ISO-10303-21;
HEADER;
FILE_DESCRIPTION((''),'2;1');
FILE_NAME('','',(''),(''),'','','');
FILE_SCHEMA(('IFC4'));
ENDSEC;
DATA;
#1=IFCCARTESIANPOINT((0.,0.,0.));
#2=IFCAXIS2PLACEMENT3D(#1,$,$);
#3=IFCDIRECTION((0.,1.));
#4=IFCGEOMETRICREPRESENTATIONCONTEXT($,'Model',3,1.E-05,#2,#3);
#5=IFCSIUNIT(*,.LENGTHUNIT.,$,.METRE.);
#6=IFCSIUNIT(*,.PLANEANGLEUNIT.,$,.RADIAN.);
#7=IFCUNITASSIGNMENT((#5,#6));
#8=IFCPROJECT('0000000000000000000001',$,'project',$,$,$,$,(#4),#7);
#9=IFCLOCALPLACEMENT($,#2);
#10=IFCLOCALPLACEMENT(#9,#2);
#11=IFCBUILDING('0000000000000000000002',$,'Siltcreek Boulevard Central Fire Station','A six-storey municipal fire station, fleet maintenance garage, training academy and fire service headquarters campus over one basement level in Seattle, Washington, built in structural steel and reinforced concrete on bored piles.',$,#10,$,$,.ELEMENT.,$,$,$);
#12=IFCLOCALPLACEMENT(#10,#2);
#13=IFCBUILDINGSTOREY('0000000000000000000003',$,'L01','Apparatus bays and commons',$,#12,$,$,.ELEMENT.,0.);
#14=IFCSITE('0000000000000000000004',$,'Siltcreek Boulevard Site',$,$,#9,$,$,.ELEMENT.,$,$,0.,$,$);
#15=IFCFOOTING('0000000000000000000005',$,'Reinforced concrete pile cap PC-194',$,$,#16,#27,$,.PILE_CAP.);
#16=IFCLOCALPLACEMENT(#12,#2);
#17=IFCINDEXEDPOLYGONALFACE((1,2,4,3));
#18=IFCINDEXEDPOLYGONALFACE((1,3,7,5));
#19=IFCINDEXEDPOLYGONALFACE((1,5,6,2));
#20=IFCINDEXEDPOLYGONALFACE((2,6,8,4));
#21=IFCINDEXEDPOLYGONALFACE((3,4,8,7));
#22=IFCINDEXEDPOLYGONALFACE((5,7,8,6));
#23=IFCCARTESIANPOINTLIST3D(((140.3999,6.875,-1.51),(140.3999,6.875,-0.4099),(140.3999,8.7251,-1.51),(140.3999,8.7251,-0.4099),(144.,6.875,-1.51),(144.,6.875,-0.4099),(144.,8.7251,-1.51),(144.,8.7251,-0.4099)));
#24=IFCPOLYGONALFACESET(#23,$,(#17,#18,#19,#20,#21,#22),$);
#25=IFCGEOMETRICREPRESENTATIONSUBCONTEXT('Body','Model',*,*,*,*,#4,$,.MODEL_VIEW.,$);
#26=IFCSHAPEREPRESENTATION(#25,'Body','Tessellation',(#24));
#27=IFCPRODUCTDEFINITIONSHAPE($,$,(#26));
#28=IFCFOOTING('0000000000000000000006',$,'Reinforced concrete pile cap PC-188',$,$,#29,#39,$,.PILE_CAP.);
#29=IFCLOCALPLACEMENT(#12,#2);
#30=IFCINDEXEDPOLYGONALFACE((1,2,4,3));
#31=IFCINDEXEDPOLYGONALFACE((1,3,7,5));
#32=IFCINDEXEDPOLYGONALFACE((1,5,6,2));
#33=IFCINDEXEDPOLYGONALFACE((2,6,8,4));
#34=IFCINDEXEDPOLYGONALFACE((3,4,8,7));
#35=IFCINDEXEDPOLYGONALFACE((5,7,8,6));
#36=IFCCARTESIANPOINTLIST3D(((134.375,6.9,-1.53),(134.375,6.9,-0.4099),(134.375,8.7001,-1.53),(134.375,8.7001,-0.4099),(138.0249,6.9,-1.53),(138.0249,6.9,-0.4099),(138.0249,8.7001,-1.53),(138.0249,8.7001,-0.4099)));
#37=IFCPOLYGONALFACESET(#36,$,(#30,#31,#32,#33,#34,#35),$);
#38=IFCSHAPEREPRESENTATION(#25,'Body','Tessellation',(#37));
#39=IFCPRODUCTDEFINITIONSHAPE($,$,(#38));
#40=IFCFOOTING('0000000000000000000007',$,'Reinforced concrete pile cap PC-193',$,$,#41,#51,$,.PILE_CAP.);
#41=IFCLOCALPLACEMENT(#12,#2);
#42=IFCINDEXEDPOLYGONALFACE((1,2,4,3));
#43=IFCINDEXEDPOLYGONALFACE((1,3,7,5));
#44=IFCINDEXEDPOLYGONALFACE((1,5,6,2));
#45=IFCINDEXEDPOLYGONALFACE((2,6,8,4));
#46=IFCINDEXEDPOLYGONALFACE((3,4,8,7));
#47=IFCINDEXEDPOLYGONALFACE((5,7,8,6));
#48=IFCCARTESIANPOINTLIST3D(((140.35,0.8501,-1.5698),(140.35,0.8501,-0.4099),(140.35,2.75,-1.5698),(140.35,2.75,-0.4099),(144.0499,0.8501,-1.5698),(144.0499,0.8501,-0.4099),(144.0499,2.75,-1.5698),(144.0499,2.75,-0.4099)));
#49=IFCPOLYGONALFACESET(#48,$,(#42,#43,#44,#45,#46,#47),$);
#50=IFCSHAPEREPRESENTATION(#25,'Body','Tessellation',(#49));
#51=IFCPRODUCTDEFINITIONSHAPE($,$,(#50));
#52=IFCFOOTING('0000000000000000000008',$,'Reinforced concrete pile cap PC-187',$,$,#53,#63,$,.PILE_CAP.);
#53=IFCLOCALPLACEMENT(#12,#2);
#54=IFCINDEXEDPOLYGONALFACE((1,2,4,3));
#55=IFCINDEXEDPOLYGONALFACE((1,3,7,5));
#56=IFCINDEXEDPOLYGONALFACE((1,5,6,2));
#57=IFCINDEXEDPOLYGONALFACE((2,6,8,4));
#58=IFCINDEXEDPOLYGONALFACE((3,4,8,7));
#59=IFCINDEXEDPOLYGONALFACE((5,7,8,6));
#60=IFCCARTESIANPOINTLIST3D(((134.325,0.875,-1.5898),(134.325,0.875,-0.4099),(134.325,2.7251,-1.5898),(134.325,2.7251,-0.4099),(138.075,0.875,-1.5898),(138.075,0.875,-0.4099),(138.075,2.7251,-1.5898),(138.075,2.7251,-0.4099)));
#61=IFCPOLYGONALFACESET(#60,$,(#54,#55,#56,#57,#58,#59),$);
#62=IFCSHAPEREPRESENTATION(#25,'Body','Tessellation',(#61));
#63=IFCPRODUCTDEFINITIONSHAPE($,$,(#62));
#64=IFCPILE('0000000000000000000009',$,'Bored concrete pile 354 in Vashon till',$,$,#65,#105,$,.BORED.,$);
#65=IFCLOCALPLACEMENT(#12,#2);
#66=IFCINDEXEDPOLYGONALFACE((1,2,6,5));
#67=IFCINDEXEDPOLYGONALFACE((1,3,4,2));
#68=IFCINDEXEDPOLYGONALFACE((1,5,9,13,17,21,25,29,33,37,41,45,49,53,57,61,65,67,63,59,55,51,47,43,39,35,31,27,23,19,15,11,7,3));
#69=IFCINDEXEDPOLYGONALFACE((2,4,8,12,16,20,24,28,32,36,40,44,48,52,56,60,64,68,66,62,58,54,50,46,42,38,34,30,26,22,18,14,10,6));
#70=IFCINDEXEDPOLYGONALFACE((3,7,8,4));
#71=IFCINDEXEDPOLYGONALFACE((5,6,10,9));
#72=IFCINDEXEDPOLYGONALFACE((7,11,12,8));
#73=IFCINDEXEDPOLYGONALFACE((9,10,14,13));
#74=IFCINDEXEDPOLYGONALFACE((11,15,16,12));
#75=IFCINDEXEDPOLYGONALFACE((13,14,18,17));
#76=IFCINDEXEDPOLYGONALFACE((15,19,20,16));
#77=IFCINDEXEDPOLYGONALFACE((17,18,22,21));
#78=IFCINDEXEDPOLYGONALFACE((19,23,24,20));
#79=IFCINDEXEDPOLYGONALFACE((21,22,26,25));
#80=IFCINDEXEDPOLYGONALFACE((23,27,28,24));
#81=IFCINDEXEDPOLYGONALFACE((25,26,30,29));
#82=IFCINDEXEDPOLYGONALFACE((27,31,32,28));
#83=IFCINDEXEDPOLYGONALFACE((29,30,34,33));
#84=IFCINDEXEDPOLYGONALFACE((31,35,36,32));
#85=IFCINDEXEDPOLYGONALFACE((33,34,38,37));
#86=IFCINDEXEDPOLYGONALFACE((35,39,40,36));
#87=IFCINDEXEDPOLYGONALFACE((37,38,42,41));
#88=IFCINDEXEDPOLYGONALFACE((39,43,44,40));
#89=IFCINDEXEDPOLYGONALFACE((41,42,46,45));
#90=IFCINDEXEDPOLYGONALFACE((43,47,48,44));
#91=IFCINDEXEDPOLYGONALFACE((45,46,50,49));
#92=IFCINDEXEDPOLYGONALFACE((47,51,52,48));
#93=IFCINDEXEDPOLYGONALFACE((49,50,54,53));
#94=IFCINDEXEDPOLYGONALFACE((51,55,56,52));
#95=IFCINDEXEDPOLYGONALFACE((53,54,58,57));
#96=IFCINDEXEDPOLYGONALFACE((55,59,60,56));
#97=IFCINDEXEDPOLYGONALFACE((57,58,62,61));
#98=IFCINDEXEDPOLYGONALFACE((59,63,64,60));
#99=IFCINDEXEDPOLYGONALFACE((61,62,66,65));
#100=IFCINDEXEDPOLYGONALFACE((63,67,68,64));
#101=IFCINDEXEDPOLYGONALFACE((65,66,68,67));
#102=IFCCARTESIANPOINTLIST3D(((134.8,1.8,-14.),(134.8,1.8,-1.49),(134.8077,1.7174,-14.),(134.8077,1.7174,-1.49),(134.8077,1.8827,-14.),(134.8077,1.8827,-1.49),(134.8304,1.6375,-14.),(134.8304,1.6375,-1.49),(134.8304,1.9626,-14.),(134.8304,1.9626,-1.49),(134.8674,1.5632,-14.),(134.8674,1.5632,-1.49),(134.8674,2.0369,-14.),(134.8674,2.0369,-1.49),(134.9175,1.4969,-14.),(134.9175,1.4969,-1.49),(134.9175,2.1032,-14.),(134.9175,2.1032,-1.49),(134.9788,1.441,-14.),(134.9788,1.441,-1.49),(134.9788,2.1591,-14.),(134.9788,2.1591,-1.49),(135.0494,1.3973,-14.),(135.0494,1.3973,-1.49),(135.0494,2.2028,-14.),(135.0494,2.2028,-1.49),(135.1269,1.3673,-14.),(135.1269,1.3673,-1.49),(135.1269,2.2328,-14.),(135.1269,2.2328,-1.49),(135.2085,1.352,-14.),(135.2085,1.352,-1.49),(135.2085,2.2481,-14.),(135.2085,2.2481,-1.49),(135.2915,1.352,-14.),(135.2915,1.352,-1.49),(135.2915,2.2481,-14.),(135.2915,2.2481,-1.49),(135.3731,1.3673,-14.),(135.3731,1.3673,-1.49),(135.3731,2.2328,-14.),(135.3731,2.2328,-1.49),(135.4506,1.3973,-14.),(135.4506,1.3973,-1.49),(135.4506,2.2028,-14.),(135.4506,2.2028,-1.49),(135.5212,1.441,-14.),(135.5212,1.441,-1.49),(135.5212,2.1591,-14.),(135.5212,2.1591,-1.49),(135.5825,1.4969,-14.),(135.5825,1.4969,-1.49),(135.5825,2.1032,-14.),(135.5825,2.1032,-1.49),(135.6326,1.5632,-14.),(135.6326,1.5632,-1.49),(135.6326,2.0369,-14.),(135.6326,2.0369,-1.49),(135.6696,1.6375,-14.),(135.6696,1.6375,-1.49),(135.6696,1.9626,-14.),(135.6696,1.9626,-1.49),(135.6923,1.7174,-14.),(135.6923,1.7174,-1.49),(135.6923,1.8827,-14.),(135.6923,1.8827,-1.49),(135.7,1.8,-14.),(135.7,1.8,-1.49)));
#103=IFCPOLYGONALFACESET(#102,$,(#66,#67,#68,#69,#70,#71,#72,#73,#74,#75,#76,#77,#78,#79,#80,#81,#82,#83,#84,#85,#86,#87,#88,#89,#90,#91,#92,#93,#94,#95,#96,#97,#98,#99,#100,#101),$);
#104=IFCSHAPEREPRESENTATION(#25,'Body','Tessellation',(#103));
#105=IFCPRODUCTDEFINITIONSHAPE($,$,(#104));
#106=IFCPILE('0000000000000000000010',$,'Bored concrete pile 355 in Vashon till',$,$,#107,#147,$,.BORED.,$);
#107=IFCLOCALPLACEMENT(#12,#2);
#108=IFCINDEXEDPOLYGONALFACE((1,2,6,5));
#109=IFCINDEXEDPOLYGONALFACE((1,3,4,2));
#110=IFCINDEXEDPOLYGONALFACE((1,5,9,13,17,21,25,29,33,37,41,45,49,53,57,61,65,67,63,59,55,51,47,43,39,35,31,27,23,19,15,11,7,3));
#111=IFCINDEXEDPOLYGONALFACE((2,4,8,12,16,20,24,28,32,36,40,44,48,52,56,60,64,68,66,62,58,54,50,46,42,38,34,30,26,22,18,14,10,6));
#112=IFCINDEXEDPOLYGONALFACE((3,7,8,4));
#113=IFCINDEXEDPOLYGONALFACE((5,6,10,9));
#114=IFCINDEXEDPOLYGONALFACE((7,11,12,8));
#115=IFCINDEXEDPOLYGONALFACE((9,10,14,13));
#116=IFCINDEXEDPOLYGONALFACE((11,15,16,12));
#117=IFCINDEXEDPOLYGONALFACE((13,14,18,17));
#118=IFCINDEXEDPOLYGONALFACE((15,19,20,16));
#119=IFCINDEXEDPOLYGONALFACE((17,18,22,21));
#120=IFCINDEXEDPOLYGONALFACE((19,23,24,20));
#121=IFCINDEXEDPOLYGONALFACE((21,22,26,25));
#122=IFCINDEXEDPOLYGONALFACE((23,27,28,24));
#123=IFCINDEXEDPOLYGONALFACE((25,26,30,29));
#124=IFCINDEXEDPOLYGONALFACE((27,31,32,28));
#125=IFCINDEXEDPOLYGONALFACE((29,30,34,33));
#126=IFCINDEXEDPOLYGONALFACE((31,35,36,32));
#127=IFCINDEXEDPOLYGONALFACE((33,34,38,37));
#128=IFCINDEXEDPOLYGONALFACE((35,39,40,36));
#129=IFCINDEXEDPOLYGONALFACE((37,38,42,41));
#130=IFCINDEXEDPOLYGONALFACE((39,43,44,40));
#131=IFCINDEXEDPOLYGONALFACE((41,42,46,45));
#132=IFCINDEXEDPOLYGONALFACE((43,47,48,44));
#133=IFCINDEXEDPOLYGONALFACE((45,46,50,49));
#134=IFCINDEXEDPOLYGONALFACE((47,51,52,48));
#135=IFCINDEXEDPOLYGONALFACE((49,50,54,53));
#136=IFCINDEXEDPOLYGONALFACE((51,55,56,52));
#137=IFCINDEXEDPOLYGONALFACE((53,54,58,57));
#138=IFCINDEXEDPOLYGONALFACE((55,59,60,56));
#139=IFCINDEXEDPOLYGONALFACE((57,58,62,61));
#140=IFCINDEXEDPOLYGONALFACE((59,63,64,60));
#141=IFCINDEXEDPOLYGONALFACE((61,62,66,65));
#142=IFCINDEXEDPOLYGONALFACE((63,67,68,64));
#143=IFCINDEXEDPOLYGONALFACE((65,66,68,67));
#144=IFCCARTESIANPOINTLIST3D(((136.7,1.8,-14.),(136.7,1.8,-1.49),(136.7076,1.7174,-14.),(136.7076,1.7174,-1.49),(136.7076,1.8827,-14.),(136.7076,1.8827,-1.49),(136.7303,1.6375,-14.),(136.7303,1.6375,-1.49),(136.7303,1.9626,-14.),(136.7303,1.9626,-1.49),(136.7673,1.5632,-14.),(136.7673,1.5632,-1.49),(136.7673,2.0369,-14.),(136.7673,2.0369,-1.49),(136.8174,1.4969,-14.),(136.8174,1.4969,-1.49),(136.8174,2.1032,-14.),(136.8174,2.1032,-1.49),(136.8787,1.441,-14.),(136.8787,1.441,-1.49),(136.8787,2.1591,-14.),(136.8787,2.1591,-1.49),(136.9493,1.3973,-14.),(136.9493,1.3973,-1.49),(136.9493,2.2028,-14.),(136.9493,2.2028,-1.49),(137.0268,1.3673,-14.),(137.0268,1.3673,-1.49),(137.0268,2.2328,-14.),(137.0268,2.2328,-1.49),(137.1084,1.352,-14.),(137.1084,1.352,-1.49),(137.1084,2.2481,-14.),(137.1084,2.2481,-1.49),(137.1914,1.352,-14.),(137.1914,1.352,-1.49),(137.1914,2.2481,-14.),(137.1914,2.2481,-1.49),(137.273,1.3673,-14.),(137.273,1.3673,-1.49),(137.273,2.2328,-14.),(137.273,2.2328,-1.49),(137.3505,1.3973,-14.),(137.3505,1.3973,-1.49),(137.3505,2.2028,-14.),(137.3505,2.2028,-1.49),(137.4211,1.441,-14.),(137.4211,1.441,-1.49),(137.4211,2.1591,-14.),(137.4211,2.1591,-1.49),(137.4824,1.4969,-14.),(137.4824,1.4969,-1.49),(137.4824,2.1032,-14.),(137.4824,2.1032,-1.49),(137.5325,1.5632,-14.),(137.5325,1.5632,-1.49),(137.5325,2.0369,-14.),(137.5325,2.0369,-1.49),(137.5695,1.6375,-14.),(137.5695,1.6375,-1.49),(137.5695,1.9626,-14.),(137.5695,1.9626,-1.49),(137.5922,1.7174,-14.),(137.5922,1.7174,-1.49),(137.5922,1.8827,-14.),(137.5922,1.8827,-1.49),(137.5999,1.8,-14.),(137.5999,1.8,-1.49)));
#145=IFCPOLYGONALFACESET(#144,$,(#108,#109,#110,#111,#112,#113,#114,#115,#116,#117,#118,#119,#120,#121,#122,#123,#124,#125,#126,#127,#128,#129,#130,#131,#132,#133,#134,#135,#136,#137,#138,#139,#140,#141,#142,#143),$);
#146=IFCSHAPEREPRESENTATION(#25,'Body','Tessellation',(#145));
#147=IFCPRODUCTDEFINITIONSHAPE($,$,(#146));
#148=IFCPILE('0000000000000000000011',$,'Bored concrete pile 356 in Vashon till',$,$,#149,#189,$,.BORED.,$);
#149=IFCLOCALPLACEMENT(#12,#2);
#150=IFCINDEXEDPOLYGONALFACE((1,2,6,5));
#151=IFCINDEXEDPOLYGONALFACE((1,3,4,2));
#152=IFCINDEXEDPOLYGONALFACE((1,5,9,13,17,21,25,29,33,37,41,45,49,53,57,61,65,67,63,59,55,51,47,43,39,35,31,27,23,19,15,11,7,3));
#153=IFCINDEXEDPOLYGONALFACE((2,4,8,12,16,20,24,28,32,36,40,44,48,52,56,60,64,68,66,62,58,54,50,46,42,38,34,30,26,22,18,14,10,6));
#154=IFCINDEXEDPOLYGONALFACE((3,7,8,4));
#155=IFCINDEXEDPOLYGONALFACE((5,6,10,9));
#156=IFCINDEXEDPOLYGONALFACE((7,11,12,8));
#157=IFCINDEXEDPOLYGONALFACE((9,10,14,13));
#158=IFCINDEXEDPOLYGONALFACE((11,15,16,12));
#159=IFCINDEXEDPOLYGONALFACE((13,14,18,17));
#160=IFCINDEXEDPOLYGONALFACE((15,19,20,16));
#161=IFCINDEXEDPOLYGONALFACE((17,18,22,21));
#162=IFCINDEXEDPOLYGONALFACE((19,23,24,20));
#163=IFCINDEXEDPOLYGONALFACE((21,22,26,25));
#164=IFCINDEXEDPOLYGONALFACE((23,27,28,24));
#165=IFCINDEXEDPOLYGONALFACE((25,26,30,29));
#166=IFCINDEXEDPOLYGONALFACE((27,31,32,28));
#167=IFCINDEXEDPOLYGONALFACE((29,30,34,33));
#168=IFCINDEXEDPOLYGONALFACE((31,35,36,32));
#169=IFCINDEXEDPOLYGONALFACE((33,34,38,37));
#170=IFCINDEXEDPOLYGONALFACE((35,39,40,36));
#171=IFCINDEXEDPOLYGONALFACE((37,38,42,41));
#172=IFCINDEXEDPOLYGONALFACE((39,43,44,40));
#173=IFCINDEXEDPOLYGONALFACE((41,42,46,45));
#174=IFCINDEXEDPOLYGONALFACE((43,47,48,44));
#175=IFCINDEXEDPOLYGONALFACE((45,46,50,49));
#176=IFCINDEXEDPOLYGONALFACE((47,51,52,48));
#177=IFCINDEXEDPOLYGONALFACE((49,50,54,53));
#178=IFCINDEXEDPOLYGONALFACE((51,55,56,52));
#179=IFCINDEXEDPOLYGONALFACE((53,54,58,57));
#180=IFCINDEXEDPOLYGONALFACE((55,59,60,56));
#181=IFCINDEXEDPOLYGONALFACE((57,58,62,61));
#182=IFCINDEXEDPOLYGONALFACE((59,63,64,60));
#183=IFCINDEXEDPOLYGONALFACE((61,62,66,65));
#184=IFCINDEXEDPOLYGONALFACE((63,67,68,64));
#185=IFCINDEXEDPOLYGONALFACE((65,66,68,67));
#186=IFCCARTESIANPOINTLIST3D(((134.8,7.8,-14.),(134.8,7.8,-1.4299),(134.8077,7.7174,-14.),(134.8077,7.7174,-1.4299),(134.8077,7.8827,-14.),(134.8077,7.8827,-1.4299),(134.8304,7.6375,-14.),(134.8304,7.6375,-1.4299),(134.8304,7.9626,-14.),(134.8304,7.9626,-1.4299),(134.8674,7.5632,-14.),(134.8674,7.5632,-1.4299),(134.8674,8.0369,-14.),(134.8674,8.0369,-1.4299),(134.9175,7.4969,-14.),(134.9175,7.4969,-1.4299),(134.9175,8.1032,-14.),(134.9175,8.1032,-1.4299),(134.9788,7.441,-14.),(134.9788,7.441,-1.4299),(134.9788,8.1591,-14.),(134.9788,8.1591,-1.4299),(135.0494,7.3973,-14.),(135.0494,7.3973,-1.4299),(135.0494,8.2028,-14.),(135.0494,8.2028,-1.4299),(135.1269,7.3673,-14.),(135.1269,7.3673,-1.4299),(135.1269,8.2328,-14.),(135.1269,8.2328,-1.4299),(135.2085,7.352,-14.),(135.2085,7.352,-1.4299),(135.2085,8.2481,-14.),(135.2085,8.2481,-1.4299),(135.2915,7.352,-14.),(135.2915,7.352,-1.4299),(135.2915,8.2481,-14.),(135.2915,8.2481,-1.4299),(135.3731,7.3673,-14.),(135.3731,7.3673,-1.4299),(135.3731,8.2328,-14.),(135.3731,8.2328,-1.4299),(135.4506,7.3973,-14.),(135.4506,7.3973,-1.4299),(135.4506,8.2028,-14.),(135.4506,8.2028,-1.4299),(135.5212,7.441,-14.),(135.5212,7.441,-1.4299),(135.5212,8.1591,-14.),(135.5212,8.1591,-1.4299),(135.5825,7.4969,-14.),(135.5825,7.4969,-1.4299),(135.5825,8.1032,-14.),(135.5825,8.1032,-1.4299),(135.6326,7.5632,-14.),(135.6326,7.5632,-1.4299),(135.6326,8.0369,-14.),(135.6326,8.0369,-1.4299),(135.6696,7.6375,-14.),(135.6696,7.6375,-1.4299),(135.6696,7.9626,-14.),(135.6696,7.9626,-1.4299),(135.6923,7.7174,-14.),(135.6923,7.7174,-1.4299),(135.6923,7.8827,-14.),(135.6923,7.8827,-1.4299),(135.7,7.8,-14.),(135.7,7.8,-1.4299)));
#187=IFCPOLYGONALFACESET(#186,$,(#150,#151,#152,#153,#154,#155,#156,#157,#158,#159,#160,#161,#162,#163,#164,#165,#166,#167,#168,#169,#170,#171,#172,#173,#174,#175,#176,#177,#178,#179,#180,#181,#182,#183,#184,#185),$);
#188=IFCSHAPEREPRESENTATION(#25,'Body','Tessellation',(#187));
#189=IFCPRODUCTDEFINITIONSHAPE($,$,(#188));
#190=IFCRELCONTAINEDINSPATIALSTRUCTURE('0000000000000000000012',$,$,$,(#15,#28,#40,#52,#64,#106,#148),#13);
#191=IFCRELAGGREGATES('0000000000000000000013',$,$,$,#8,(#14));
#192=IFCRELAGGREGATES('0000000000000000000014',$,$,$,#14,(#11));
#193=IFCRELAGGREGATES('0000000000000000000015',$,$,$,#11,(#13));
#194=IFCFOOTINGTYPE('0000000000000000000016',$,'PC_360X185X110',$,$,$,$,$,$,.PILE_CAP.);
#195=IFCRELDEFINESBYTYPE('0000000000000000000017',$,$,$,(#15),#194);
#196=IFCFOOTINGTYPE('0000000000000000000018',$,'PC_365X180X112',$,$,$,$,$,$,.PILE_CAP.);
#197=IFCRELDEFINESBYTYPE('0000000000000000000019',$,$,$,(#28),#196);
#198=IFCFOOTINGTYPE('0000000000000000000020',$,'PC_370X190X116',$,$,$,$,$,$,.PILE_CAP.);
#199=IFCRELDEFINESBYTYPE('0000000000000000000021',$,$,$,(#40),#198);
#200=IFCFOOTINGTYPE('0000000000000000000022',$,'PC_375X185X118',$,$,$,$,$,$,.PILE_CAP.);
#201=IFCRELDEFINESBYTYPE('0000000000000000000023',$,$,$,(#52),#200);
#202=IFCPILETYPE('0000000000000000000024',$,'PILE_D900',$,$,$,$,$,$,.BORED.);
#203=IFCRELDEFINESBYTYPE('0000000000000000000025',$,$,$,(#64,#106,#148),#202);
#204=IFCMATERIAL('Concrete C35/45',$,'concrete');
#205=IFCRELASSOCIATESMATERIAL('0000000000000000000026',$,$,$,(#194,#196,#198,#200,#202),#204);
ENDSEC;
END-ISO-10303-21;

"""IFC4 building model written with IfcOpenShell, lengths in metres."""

from ifc_helpers import new_model, si_unit, direction, frame, origin, origin_2d, place, context, subcontext, project, spatial, rectangle, circle, extrude, material, material_profile, profile_set, type_object, element, save


model = new_model("IFC4")

# Units and contexts
model_context = context("Model", 3, precision=1e-05, world=origin(), true_north=direction((0.0, 1.0)))
body_context = subcontext(model_context, "Body", "Model", "MODEL_VIEW")
ifc_project = project(units=[si_unit("LENGTHUNIT", "METRE"), si_unit("PLANEANGLEUNIT", "RADIAN")], contexts=[model_context])

# Site, building, storey
site_placement = place(None, origin())
site = spatial("IfcSite", under=ifc_project, at=site_placement, Name="Siltcreek Boulevard Site", CompositionType="ELEMENT", RefElevation=0.0)
building_placement = place(site_placement, origin())
building = spatial("IfcBuilding", under=site, at=building_placement, Name="Siltcreek Boulevard Central Fire Station", Description="A six-storey municipal fire station, fleet maintenance garage, training academy and fire service headquarters campus over one basement level in Seattle, Washington, built in structural steel and reinforced concrete on bored piles.", CompositionType="ELEMENT")
storey_placement = place(building_placement, origin())
storey = spatial("IfcBuildingStorey", under=building, at=storey_placement, Name="L01", Description="Apparatus bays and commons", CompositionType="ELEMENT", Elevation=0.0)

# Footings
ifc_material_1 = material(Name="Concrete C35/45", Category="concrete")
footing_type_1 = type_object("IfcFootingType", Name="PC_360X185X110", PredefinedType="PILE_CAP", material=ifc_material_1)
footing_1_placement = place(storey_placement, frame((142.2, 7.8, -1.51), z_axis=(0.0, 0.0, 1.0), x_axis=(1.0, 0.0, 0.0)))
element("IfcFooting", 1, at=footing_1_placement, inside=storey, type_object=footing_type_1, Name="Reinforced concrete pile cap PC-194", PredefinedType="PILE_CAP", context=body_context, shape_type="SweptSolid", body=[
    extrude(rectangle(XDim=3.6001, YDim=1.8501, at=origin_2d()), origin(), (0.0, 0.0, 1.0), 1.1001),
])
footing_type_2 = type_object("IfcFootingType", Name="PC_365X180X112", PredefinedType="PILE_CAP", material=ifc_material_1)
footing_2_placement = place(storey_placement, frame((136.2, 7.8, -1.53), z_axis=(0.0, 0.0, 1.0), x_axis=(1.0, 0.0, 0.0)))
element("IfcFooting", 2, at=footing_2_placement, inside=storey, type_object=footing_type_2, Name="Reinforced concrete pile cap PC-188", PredefinedType="PILE_CAP", context=body_context, shape_type="SweptSolid", body=[
    extrude(rectangle(XDim=3.6499, YDim=1.8, at=origin_2d()), origin(), (0.0, 0.0, 1.0), 1.1201),
])
footing_type_3 = type_object("IfcFootingType", Name="PC_370X190X116", PredefinedType="PILE_CAP", material=ifc_material_1)
footing_3_placement = place(storey_placement, frame((142.2, 1.8, -1.5698), z_axis=(0.0, 0.0, 1.0), x_axis=(1.0, 0.0, 0.0)))
element("IfcFooting", 3, at=footing_3_placement, inside=storey, type_object=footing_type_3, Name="Reinforced concrete pile cap PC-193", PredefinedType="PILE_CAP", context=body_context, shape_type="SweptSolid", body=[
    extrude(rectangle(XDim=3.7, YDim=1.8999, at=origin_2d()), origin(), (0.0, 0.0, 1.0), 1.1599),
])
footing_type_4 = type_object("IfcFootingType", Name="PC_375X185X118", PredefinedType="PILE_CAP", material=ifc_material_1)
footing_4_placement = place(storey_placement, frame((136.2, 1.8, -1.5898), z_axis=(0.0, 0.0, 1.0), x_axis=(1.0, 0.0, 0.0)))
element("IfcFooting", 4, at=footing_4_placement, inside=storey, type_object=footing_type_4, Name="Reinforced concrete pile cap PC-187", PredefinedType="PILE_CAP", context=body_context, shape_type="SweptSolid", body=[
    extrude(rectangle(XDim=3.75, YDim=1.8501, at=origin_2d()), origin(), (0.0, 0.0, 1.0), 1.1799),
])

# Piles
ifc_material_profile_1 = material_profile(ifc_material_1, circle(Radius=0.45, at=origin_2d()), Name="SHAFT900")
ifc_profile_set_1 = profile_set([ifc_material_profile_1], Name="Concrete C35/45")
pile_type = type_object("IfcPileType", Name="PILE_D900", PredefinedType="BORED", material=ifc_profile_set_1)
for number, where, z_axis, x_axis, name in (
    (5, (135.25, 1.8, -1.49), (0.0, 0.0, -1.0), (1.0, 0.0, 0.0), "Bored concrete pile 354 in Vashon till"),
    (6, (137.1499, 1.8, -1.49), (0.0, 0.0, -1.0), (1.0, 0.0, 0.0), "Bored concrete pile 355 in Vashon till"),
):
    element("IfcPile", number, at=place(storey_placement, frame(where, z_axis=z_axis, x_axis=x_axis)), inside=storey, type_object=pile_type, Name=name, PredefinedType="BORED", context=body_context, shape_type="SweptSolid", body=[
        extrude(circle(Radius=0.45, at=origin_2d()), origin(), (0.0, 0.0, 1.0), 12.51),
    ])
for number, where, z_axis, x_axis, name in (
    (7, (135.25, 7.8, -1.4299), (0.0, 0.0, -1.0), (1.0, 0.0, 0.0), "Bored concrete pile 356 in Vashon till"),
):
    element("IfcPile", number, at=place(storey_placement, frame(where, z_axis=z_axis, x_axis=x_axis)), inside=storey, type_object=pile_type, Name=name, PredefinedType="BORED", context=body_context, shape_type="SweptSolid", body=[
        extrude(circle(Radius=0.45, at=origin_2d()), origin(), (0.0, 0.0, 1.0), 12.5701),
    ])

save(model, "model.ifc")
